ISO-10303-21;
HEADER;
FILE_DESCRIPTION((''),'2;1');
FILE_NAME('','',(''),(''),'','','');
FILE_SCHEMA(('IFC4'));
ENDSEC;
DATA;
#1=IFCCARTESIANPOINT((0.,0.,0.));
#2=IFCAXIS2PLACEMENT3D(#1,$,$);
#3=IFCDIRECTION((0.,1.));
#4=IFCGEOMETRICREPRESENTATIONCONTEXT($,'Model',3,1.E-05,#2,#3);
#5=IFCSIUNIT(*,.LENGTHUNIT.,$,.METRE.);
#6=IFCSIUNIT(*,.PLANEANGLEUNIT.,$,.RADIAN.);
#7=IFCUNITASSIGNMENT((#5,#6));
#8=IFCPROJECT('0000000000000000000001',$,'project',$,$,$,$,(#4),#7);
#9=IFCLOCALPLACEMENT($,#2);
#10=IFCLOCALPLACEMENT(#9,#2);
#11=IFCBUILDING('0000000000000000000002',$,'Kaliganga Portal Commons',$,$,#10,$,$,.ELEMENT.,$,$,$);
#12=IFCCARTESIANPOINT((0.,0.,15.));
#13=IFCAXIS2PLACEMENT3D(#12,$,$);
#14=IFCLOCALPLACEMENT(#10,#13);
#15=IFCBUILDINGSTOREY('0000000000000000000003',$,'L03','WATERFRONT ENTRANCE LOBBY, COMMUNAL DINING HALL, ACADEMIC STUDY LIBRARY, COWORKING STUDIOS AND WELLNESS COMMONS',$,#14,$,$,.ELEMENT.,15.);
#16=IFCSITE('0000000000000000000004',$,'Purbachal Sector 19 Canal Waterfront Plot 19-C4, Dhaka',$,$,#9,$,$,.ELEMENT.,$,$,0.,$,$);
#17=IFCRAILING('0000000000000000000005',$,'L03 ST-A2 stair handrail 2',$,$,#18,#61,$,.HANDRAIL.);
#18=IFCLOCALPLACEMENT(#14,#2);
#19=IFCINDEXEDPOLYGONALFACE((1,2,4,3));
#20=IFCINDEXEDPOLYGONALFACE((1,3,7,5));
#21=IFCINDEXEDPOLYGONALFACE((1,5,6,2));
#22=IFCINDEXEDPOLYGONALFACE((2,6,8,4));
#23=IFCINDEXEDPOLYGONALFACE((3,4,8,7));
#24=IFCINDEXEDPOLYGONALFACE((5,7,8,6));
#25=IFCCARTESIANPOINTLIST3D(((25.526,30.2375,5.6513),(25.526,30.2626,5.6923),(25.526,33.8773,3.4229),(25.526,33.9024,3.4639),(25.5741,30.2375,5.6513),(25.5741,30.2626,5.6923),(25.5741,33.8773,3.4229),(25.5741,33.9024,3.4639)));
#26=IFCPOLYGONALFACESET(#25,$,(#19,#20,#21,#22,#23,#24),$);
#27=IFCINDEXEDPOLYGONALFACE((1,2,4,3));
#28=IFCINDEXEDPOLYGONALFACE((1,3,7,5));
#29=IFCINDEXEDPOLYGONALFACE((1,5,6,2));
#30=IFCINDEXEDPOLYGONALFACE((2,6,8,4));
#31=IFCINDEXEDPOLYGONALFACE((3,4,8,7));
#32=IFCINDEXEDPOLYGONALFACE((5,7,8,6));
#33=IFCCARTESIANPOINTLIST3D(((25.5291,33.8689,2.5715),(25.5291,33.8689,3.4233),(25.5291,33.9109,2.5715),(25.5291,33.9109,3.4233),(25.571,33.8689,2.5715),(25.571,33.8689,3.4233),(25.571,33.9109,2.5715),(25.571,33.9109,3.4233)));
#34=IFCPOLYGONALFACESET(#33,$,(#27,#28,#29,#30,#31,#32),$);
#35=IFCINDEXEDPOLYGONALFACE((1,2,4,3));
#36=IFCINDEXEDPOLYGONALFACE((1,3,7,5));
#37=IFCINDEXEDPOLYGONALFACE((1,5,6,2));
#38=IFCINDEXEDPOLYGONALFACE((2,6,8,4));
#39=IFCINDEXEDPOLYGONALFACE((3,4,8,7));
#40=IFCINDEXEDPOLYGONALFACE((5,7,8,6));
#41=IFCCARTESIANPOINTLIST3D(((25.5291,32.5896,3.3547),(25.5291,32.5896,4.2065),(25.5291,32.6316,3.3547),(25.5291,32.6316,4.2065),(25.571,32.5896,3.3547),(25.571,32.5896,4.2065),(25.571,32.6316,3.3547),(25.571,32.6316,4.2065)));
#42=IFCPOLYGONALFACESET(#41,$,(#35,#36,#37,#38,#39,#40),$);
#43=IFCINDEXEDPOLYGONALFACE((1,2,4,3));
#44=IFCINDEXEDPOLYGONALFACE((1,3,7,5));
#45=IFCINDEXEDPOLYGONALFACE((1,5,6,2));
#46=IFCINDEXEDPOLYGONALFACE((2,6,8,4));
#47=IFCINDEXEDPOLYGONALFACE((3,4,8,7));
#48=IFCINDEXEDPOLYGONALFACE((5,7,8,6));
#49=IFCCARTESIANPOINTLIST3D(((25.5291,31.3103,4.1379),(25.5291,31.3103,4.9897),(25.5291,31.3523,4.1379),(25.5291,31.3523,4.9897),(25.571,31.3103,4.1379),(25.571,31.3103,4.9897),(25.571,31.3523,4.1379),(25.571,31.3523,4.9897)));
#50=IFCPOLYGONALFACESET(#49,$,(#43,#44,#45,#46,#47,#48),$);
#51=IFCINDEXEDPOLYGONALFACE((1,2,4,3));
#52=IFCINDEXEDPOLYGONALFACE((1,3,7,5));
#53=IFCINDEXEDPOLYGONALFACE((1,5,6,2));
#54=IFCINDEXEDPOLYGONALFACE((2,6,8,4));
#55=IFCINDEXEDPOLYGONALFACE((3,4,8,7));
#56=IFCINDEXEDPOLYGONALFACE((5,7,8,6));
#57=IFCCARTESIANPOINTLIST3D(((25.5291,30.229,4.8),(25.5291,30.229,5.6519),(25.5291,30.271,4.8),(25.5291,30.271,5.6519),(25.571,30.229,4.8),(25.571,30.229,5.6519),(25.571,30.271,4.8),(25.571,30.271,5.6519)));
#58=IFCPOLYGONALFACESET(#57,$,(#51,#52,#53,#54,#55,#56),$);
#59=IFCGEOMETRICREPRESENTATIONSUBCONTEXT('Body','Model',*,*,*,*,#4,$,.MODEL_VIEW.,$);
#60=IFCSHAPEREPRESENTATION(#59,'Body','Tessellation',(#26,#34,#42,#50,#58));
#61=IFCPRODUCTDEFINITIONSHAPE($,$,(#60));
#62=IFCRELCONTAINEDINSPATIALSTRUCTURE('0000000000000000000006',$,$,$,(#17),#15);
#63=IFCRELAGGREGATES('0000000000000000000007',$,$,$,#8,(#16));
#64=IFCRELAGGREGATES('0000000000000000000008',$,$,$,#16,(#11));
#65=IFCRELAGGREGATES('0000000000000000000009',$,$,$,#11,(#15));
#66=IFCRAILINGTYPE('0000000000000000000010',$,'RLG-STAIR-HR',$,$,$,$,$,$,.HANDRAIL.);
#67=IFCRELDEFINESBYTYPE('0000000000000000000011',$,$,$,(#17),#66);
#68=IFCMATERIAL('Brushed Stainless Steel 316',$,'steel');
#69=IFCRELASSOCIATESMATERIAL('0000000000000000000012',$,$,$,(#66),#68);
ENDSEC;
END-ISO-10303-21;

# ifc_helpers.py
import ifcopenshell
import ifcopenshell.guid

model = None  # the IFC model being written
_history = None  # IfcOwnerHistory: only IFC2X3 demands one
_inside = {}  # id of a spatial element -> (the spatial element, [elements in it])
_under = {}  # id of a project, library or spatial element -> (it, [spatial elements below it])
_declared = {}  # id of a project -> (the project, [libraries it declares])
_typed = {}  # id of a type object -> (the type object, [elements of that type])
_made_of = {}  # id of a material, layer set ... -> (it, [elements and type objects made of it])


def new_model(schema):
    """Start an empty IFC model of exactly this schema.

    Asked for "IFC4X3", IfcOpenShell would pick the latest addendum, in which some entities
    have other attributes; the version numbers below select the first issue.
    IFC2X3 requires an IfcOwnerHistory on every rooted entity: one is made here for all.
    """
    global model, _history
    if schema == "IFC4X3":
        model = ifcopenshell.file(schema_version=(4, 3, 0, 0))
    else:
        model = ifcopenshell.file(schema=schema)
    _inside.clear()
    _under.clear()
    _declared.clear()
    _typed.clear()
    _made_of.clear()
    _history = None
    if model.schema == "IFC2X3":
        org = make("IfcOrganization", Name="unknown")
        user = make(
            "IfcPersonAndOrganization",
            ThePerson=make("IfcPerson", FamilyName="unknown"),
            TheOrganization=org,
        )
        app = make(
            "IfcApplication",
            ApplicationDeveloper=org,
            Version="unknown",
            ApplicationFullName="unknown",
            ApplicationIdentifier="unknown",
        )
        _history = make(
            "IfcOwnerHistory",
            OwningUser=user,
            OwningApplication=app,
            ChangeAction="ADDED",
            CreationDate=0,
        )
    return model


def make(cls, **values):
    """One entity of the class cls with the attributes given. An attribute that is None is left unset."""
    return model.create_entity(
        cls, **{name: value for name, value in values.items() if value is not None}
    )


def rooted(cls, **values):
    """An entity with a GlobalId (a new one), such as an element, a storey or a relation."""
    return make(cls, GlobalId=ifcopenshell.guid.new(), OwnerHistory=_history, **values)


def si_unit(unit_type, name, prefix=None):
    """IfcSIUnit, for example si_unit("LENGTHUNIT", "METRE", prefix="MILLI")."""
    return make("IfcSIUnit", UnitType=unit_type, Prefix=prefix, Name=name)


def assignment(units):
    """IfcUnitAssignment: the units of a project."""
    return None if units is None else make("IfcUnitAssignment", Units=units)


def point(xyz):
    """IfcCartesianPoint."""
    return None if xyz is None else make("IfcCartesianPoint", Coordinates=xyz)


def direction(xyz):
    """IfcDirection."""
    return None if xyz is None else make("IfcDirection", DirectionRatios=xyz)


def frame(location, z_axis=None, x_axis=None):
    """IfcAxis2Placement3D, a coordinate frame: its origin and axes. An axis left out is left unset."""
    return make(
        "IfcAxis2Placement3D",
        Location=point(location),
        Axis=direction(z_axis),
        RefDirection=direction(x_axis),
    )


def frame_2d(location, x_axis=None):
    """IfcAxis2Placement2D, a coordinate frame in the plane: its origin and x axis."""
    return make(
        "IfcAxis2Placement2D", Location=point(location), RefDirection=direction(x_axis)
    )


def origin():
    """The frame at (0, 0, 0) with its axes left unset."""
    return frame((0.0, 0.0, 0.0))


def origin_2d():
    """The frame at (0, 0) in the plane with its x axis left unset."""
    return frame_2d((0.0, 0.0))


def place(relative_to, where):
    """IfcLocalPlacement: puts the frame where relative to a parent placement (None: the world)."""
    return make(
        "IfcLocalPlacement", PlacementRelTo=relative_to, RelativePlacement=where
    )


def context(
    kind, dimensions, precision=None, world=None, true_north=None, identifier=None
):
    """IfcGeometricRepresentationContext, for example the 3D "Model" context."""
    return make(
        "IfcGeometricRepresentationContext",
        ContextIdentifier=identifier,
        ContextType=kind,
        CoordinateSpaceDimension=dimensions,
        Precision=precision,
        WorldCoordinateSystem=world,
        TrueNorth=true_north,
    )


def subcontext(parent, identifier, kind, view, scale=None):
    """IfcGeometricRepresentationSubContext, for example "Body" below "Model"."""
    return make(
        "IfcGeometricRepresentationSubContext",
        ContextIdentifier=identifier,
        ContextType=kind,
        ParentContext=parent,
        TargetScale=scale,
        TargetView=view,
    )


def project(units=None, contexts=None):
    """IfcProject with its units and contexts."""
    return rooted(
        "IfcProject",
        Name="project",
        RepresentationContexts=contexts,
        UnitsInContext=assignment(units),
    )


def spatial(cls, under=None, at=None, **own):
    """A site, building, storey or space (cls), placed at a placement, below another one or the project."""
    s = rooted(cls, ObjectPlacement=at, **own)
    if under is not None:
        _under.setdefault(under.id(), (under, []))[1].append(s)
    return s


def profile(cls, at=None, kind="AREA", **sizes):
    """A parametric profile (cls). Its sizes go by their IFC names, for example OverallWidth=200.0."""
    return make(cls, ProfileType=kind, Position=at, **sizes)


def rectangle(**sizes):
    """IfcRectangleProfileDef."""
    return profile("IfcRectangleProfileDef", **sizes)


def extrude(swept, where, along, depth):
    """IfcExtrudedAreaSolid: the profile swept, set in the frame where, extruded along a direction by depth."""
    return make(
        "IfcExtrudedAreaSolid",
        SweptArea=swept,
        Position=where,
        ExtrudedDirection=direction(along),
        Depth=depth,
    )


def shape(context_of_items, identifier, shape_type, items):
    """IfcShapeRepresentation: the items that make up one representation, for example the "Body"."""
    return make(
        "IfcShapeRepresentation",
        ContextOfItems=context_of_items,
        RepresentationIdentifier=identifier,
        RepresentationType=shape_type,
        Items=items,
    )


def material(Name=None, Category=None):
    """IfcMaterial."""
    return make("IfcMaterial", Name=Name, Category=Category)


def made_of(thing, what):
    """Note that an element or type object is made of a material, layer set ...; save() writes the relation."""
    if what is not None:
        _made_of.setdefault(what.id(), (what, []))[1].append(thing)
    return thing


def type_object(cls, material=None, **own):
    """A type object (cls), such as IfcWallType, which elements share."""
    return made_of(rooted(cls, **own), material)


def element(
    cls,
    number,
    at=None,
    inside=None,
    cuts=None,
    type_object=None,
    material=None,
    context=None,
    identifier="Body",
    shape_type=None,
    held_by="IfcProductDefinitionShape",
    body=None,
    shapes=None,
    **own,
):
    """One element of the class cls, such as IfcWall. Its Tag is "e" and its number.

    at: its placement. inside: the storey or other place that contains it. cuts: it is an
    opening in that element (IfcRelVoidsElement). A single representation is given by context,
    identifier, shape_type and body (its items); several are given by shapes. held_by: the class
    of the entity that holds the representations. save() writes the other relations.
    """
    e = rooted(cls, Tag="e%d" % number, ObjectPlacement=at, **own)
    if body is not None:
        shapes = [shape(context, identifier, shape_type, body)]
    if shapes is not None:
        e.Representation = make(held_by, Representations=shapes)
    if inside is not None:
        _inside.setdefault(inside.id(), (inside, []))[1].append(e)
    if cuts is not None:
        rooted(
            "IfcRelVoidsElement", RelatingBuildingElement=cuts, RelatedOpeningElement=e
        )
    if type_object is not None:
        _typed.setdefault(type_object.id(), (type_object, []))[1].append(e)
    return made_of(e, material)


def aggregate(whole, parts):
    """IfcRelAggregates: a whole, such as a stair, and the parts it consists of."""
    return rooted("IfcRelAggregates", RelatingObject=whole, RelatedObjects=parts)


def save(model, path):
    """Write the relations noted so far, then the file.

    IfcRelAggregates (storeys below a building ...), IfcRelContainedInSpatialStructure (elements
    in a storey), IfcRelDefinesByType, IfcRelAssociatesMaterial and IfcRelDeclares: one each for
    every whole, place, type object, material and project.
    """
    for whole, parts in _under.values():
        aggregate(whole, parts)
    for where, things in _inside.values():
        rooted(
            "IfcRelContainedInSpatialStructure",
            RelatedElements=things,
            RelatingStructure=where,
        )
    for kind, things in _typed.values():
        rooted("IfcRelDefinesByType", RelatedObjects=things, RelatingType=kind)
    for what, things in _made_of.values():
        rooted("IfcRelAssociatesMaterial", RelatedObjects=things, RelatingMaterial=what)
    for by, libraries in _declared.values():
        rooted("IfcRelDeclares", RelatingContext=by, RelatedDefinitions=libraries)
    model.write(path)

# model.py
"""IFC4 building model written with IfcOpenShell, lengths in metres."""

from ifc_helpers import new_model, si_unit, direction, frame, origin, origin_2d, place, context, subcontext, project, spatial, rectangle, extrude, material, type_object, element, save


model = new_model("IFC4")

# Units and contexts
model_context = context("Model", 3, precision=1e-05, world=origin(), true_north=direction((0.0, 1.0)))
body_context = subcontext(model_context, "Body", "Model", "MODEL_VIEW")
ifc_project = project(units=[si_unit("LENGTHUNIT", "METRE"), si_unit("PLANEANGLEUNIT", "RADIAN")], contexts=[model_context])

# Site, building, storey
site_placement = place(None, origin())
site = spatial("IfcSite", under=ifc_project, at=site_placement, Name="Purbachal Sector 19 Canal Waterfront Plot 19-C4, Dhaka", CompositionType="ELEMENT", RefElevation=0.0)
building_placement = place(site_placement, origin())
building = spatial("IfcBuilding", under=site, at=building_placement, Name="Kaliganga Portal Commons", CompositionType="ELEMENT")
storey_placement = place(building_placement, frame((0.0, 0.0, 15.0)))
storey = spatial("IfcBuildingStorey", under=building, at=storey_placement, Name="L03", Description="WATERFRONT ENTRANCE LOBBY, COMMUNAL DINING HALL, ACADEMIC STUDY LIBRARY, COWORKING STUDIOS AND WELLNESS COMMONS", CompositionType="ELEMENT", Elevation=15.0)

# Railing
ifc_material_1 = material(Name="Brushed Stainless Steel 316", Category="steel")
railing_type_1 = type_object("IfcRailingType", Name="RLG-STAIR-HR", PredefinedType="HANDRAIL", material=ifc_material_1)
railing_1_placement = place(storey_placement, frame((25.55, 33.8899, 2.5715)))
element("IfcRailing", 1, at=railing_1_placement, inside=storey, type_object=railing_type_1, Name="L03 ST-A2 stair handrail 2", PredefinedType="HANDRAIL", context=body_context, shape_type="SweptSolid", body=[
    extrude(rectangle(XDim=0.0481, YDim=0.0481, at=origin_2d()), frame((0.0, 0.0, 0.8718), z_axis=(0.0, -0.85285, 0.522156), x_axis=(1.0, 0.0, 0.0)), (0.0, 0.0, 1.0), 4.2678),
    extrude(rectangle(XDim=0.042, YDim=0.042, at=origin_2d()), origin(), (0.0, 0.0, 1.0), 0.8518),
    extrude(rectangle(XDim=0.042, YDim=0.042, at=origin_2d()), frame((0.0, -1.2793, 0.7832)), (0.0, 0.0, 1.0), 0.8518),
    extrude(rectangle(XDim=0.042, YDim=0.042, at=origin_2d()), frame((0.0, -2.5586, 1.5664)), (0.0, 0.0, 1.0), 0.8518),
    extrude(rectangle(XDim=0.042, YDim=0.042, at=origin_2d()), frame((0.0, -3.6399, 2.2285)), (0.0, 0.0, 1.0), 0.8518),
])

save(model, "model.ifc")
